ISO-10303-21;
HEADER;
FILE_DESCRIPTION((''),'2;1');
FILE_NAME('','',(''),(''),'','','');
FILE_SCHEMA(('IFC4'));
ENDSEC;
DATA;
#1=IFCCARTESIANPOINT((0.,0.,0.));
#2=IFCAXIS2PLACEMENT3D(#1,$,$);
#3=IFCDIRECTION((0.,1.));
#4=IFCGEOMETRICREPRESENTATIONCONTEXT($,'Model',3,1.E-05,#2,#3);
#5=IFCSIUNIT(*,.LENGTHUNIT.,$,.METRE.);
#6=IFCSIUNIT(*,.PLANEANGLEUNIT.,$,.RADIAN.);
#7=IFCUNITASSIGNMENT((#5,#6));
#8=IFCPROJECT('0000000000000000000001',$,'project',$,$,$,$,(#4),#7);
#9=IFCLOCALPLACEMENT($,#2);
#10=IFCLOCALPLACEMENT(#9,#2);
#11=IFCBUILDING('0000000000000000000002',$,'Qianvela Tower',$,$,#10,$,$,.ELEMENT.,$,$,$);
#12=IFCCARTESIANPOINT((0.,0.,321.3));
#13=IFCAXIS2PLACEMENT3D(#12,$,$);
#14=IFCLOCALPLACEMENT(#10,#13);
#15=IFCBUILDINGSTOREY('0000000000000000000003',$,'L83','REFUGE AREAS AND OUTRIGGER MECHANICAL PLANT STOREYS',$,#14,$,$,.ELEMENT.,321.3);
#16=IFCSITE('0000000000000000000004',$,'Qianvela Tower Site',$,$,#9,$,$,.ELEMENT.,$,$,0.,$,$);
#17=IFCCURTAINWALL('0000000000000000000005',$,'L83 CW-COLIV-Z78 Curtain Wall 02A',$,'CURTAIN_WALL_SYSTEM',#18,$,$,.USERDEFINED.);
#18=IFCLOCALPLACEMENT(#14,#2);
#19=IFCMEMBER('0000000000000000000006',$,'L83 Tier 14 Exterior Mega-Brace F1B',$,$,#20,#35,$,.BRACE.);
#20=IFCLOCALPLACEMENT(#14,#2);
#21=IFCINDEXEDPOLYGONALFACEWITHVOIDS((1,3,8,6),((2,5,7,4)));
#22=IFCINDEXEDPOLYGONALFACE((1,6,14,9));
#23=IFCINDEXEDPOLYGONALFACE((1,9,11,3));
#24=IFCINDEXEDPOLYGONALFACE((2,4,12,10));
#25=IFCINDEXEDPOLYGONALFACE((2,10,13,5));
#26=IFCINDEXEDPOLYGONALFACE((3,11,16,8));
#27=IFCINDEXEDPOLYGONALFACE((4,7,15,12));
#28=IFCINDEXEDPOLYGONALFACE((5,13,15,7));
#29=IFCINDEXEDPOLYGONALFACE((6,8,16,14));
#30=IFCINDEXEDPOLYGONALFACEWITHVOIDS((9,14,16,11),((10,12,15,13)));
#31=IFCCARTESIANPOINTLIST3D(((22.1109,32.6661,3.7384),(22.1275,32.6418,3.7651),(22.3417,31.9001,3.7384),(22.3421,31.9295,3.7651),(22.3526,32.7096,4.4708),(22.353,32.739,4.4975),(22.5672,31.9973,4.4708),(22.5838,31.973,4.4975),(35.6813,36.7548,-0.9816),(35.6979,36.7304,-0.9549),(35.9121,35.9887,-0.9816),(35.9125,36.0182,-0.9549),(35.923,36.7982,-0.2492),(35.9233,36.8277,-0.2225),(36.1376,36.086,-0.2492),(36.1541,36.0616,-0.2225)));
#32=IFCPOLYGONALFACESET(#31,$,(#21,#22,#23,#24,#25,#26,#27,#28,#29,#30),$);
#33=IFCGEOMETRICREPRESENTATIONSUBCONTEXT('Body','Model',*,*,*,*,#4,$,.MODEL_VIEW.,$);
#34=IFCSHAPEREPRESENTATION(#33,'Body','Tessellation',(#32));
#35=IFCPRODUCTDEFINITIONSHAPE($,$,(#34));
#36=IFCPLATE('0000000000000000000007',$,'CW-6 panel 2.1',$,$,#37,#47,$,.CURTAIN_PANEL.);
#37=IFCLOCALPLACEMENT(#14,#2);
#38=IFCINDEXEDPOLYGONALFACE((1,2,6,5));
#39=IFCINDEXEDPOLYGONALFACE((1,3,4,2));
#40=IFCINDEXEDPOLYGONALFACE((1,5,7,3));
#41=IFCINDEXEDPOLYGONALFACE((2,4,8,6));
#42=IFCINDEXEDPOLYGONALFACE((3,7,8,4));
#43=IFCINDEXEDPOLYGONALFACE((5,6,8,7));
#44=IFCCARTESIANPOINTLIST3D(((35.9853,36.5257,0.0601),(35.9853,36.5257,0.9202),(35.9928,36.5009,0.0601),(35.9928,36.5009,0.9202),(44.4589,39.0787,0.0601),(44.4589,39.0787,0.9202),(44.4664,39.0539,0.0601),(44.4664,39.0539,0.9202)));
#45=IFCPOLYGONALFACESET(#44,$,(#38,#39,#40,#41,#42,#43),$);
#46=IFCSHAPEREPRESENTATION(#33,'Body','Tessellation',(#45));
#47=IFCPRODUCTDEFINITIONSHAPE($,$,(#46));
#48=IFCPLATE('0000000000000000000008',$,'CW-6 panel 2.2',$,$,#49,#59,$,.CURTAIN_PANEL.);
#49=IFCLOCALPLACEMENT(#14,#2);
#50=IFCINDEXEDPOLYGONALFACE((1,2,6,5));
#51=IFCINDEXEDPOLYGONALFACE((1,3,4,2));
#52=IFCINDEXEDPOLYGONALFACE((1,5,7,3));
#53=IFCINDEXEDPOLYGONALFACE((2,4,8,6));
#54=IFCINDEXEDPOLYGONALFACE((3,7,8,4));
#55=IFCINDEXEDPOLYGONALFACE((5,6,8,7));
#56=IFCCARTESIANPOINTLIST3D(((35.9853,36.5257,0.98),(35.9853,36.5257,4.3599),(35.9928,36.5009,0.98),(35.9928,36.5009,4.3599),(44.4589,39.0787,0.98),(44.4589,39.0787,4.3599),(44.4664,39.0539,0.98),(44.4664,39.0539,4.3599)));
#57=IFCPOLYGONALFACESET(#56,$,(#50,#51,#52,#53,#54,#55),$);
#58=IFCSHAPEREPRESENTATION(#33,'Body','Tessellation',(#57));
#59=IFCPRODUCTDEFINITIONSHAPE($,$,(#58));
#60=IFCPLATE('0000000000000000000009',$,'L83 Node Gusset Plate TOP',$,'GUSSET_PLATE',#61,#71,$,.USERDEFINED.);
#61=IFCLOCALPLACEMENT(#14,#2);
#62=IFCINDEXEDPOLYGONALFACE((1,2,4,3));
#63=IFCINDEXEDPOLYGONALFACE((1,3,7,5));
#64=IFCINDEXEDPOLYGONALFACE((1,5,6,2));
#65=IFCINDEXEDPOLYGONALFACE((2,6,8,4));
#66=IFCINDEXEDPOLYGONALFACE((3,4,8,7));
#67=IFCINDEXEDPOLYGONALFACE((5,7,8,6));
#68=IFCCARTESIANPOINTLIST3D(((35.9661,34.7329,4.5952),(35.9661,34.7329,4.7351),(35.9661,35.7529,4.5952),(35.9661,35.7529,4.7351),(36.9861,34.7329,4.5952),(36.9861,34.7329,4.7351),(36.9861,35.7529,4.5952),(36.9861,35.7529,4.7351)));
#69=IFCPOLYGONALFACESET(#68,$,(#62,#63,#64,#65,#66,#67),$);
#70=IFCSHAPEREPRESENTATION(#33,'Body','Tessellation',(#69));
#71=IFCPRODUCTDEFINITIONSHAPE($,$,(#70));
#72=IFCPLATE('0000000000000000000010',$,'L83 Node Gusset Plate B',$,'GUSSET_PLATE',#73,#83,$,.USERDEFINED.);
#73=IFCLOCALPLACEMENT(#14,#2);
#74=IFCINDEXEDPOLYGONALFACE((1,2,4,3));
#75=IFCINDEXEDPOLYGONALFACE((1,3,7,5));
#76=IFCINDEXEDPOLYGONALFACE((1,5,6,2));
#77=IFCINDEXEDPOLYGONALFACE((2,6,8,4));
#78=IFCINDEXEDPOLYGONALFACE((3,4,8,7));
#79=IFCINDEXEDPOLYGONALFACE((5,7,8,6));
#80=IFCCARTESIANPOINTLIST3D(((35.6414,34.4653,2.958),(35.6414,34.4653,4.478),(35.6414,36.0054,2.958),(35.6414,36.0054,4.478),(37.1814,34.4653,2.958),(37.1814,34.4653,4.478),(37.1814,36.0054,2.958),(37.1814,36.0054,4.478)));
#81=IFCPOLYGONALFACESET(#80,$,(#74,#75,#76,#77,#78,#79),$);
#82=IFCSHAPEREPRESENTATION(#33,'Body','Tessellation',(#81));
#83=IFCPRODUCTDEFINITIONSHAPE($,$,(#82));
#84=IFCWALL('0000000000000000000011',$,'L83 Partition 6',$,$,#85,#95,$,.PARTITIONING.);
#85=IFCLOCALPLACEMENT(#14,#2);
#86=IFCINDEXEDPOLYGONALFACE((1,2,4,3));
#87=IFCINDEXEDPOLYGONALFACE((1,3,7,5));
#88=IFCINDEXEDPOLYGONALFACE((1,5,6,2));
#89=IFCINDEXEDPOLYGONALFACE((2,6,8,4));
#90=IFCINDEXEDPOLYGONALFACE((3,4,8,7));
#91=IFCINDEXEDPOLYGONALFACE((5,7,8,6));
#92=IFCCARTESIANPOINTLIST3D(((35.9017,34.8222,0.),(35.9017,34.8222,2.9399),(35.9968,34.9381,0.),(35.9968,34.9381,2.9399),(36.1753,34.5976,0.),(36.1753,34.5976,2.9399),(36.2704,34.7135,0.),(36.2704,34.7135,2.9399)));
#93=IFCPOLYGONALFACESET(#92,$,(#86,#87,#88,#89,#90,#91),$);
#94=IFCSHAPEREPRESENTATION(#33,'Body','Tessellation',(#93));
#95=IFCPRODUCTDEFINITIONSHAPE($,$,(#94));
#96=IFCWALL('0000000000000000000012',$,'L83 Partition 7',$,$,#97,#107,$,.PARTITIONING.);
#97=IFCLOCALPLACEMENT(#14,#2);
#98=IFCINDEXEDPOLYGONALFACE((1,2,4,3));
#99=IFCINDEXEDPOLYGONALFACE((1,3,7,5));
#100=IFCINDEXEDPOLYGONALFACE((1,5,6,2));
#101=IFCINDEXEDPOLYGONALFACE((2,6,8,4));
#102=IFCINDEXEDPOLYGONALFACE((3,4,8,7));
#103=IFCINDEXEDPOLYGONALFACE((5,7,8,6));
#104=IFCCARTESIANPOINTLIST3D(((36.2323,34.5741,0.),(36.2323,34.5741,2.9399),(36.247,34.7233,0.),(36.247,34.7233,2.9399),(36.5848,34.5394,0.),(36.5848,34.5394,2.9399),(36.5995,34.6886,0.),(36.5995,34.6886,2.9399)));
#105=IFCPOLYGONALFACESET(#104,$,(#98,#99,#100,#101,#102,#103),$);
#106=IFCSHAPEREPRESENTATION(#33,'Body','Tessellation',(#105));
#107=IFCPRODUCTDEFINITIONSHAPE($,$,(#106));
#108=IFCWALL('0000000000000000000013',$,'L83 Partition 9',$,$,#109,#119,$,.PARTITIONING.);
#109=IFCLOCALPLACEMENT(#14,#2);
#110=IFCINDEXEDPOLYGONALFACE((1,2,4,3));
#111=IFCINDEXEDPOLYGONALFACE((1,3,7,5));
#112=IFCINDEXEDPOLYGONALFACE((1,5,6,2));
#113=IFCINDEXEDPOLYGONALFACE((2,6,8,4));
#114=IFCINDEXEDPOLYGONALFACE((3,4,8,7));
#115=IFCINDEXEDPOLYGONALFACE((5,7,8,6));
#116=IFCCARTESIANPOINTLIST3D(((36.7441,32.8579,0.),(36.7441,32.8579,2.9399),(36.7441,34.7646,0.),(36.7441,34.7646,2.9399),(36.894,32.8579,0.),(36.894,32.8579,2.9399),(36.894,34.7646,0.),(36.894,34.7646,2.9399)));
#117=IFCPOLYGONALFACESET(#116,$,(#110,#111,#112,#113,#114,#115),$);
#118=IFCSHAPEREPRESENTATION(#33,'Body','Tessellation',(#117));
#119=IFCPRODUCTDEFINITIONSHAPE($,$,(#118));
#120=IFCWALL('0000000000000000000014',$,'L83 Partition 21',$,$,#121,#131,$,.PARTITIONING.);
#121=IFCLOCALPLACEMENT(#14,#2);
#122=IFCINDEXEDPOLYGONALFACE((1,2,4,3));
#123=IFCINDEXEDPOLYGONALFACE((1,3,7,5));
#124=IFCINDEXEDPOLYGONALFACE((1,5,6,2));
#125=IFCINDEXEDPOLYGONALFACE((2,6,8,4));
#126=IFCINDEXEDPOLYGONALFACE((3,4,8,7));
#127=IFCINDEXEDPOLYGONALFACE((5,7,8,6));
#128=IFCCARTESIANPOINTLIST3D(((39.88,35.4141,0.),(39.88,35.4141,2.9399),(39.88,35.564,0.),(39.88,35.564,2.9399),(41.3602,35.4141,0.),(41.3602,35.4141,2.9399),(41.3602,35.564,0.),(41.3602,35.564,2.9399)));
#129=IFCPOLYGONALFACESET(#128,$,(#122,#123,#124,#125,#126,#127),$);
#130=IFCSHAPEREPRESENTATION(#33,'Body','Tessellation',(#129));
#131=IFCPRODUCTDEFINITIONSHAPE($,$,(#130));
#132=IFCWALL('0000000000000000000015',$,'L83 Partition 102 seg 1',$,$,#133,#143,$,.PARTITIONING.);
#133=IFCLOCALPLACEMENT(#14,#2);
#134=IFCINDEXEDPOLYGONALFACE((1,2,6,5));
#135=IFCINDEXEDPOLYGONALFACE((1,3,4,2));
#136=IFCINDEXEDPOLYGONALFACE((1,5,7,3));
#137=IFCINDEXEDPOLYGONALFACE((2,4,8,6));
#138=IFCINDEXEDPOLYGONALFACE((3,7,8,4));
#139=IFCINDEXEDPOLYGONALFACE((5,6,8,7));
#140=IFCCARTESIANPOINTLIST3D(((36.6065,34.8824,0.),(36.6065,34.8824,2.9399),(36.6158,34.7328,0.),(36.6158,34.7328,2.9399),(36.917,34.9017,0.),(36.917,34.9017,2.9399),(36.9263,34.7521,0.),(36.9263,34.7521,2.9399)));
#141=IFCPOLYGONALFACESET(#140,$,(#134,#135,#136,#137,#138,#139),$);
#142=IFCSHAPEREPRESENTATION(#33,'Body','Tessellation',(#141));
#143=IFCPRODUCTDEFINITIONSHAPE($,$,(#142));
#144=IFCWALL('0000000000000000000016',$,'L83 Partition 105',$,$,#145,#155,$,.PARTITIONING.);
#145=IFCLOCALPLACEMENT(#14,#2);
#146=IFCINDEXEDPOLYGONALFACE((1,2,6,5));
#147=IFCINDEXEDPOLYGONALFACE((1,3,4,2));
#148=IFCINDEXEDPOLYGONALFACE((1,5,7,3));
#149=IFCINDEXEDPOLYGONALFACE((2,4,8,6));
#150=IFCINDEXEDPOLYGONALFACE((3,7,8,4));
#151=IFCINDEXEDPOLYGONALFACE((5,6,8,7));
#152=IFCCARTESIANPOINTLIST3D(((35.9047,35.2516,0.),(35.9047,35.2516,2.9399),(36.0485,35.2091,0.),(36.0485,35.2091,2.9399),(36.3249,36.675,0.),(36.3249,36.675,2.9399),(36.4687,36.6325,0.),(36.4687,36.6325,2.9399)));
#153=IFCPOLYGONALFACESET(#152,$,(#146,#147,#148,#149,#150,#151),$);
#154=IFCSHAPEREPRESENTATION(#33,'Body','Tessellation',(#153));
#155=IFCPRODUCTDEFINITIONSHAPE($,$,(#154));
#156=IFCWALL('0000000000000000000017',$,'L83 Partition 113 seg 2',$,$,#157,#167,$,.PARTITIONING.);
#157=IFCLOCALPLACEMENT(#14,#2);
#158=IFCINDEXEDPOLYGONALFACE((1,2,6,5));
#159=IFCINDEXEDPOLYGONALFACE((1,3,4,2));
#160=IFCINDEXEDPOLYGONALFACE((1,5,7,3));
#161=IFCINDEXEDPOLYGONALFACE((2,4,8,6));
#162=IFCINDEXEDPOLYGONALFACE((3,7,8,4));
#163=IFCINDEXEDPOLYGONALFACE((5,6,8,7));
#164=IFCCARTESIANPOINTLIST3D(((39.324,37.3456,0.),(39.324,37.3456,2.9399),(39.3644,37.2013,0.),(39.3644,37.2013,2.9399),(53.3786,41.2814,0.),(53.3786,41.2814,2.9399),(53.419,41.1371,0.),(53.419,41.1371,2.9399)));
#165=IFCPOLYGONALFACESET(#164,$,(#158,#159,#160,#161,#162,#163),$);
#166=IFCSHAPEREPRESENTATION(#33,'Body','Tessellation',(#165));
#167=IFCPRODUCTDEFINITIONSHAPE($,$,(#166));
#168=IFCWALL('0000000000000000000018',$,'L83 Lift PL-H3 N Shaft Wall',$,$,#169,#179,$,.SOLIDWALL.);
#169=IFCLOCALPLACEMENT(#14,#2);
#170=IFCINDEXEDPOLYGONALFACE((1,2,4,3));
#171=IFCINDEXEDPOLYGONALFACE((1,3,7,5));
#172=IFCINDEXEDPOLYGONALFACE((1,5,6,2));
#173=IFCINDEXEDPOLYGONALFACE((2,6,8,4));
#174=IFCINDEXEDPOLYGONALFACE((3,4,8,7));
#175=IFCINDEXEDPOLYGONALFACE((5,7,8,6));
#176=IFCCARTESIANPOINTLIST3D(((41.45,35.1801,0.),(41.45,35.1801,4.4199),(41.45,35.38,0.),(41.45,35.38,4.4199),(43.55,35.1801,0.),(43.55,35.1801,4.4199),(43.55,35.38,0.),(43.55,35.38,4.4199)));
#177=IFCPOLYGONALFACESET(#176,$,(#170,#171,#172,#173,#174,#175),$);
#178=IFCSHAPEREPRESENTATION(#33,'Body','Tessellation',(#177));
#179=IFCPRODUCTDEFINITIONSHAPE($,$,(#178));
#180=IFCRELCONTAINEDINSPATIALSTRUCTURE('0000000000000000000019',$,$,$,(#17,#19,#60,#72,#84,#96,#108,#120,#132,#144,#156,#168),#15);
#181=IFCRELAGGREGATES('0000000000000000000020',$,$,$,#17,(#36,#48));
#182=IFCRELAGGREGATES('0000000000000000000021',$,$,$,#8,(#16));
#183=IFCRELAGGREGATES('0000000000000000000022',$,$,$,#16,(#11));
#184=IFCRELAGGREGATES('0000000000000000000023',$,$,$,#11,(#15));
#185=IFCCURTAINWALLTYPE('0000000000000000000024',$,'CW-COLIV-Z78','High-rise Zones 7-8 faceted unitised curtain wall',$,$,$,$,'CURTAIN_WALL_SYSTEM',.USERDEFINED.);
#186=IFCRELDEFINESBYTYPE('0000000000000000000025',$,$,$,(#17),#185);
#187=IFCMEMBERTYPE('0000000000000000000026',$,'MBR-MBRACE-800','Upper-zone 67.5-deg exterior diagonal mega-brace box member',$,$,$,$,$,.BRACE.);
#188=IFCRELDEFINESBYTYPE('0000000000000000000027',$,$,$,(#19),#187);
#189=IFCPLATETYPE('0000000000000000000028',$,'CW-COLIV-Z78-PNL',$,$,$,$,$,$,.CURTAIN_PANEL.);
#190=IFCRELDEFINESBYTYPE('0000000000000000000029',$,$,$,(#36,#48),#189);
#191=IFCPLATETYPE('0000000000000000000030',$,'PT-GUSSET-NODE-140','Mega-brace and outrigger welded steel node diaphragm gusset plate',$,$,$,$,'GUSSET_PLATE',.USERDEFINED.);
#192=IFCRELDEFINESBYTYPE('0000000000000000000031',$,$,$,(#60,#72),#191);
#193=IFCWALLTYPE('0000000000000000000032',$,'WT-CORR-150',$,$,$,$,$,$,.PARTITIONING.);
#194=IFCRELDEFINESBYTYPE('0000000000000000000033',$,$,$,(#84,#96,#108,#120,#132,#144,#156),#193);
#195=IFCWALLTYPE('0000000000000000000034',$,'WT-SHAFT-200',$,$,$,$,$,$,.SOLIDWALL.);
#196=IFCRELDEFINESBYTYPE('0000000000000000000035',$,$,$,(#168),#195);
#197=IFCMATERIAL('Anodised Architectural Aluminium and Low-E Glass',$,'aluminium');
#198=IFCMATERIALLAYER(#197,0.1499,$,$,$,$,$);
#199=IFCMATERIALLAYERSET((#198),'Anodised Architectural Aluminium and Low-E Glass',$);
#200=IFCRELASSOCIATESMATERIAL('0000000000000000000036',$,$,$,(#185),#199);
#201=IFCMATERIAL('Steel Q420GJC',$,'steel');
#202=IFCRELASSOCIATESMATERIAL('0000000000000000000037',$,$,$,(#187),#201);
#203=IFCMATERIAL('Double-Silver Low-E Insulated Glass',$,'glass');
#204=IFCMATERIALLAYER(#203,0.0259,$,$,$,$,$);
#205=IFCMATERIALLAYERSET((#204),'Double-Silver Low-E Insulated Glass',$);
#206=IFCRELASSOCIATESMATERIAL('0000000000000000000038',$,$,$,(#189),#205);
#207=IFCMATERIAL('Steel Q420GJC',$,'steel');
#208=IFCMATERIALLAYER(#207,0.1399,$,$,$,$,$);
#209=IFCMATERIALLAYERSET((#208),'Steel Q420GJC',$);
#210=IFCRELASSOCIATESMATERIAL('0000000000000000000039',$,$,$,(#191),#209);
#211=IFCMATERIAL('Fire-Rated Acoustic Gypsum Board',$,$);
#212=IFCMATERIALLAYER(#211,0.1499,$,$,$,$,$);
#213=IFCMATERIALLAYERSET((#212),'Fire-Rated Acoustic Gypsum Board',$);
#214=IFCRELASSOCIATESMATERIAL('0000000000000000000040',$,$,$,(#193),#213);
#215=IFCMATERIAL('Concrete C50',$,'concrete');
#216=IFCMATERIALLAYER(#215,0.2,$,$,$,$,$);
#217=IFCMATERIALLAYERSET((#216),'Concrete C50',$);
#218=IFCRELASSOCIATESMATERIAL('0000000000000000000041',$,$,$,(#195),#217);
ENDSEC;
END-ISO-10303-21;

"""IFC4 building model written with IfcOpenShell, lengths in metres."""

from ifc_helpers import new_model, si_unit, direction, frame, frame_2d, origin, origin_2d, place, context, subcontext, project, spatial, rectangle, hollow_rectangle, extrude, material, layer, layer_set, material_profile, profile_set, type_object, element, aggregate, save


model = new_model("IFC4")

# Units and contexts
model_context = context("Model", 3, precision=1e-05, world=origin(), true_north=direction((0.0, 1.0)))
body_context = subcontext(model_context, "Body", "Model", "MODEL_VIEW")
ifc_project = project(units=[si_unit("LENGTHUNIT", "METRE"), si_unit("PLANEANGLEUNIT", "RADIAN")], contexts=[model_context])

# Site, building, storey
site_placement = place(None, origin())
site = spatial("IfcSite", under=ifc_project, at=site_placement, Name="Qianvela Tower Site", CompositionType="ELEMENT", RefElevation=0.0)
building_placement = place(site_placement, origin())
building = spatial("IfcBuilding", under=site, at=building_placement, Name="Qianvela Tower", CompositionType="ELEMENT")
storey_placement = place(building_placement, frame((0.0, 0.0, 321.3)))
storey = spatial("IfcBuildingStorey", under=building, at=storey_placement, Name="L83", Description="REFUGE AREAS AND OUTRIGGER MECHANICAL PLANT STOREYS", CompositionType="ELEMENT", Elevation=321.3)

# Curtain wall
ifc_material_1 = material(Name="Anodised Architectural Aluminium and Low-E Glass", Category="aluminium")
ifc_layer_1 = layer(ifc_material_1, 0.1499)
ifc_layer_set_1 = layer_set([ifc_layer_1], Name="Anodised Architectural Aluminium and Low-E Glass")
curtain_wall_type_1 = type_object("IfcCurtainWallType", Name="CW-COLIV-Z78", Description="High-rise Zones 7-8 faceted unitised curtain wall", ElementType="CURTAIN_WALL_SYSTEM", PredefinedType="USERDEFINED", material=ifc_layer_set_1)
curtain_wall_1_placement = place(storey_placement, origin())
curtain_wall_1 = element("IfcCurtainWall", 1, at=curtain_wall_1_placement, inside=storey, type_object=curtain_wall_type_1, Name="L83 CW-COLIV-Z78 Curtain Wall 02A", ObjectType="CURTAIN_WALL_SYSTEM", PredefinedType="USERDEFINED")

# Member
ifc_material_2 = material(Name="Steel Q420GJC", Category="steel")
ifc_material_profile_1 = material_profile(ifc_material_2, hollow_rectangle(XDim=0.8, YDim=0.8, WallThickness=0.0281, at=origin_2d()), Name="MBOX-800x800x28")
ifc_profile_set_1 = profile_set([ifc_material_profile_1], Name="Steel Q420GJC")
member_type_1 = type_object("IfcMemberType", Name="MBR-MBRACE-800", Description="Upper-zone 67.5-deg exterior diagonal mega-brace box member", PredefinedType="BRACE", material=ifc_profile_set_1)
member_1_placement = place(storey_placement, frame((35.9177, 36.4082, -0.6021), z_axis=(-0.908433, -0.273703, 0.315968), x_axis=(0.288482, -0.957485, 0.0)))
element("IfcMember", 2, at=member_1_placement, inside=storey, type_object=member_type_1, Name="L83 Tier 14 Exterior Mega-Brace F1B", PredefinedType="BRACE", context=body_context, shape_type="SweptSolid", body=[
    extrude(hollow_rectangle(XDim=0.8, YDim=0.8, WallThickness=0.0281, at=origin_2d()), origin(), (0.0, 0.0, 1.0), 14.9382),
])

# Plates
ifc_material_3 = material(Name="Double-Silver Low-E Insulated Glass", Category="glass")
ifc_layer_2 = layer(ifc_material_3, 0.0259)
ifc_layer_set_2 = layer_set([ifc_layer_2], Name="Double-Silver Low-E Insulated Glass")
plate_type_1 = type_object("IfcPlateType", Name="CW-COLIV-Z78-PNL", PredefinedType="CURTAIN_PANEL", material=ifc_layer_set_2)
plate_1_placement = place(storey_placement, frame((40.2258, 37.7898, 0.0601), z_axis=(0.0, 0.0, 1.0), x_axis=(-0.957486, -0.28848, 0.0)))
plate_1 = element("IfcPlate", 3, at=plate_1_placement, type_object=plate_type_1, Name="CW-6 panel 2.1", PredefinedType="CURTAIN_PANEL", context=body_context, shape_type="SweptSolid", body=[
    extrude(rectangle(XDim=8.8499, YDim=0.0259, at=origin_2d()), origin(), (0.0, 0.0, 1.0), 0.8601),
])
plate_2_placement = place(storey_placement, frame((40.2258, 37.7898, 0.98), z_axis=(0.0, 0.0, 1.0), x_axis=(-0.957486, -0.28848, 0.0)))
plate_2 = element("IfcPlate", 4, at=plate_2_placement, type_object=plate_type_1, Name="CW-6 panel 2.2", PredefinedType="CURTAIN_PANEL", context=body_context, shape_type="SweptSolid", body=[
    extrude(rectangle(XDim=8.8499, YDim=0.0259, at=origin_2d()), origin(), (0.0, 0.0, 1.0), 3.3799),
])
aggregate(curtain_wall_1, [plate_1, plate_2])

# Plates
ifc_material_4 = material(Name="Steel Q420GJC", Category="steel")
ifc_layer_3 = layer(ifc_material_4, 0.1399)
ifc_layer_set_3 = layer_set([ifc_layer_3], Name="Steel Q420GJC")
plate_type_2 = type_object("IfcPlateType", Name="PT-GUSSET-NODE-140", Description="Mega-brace and outrigger welded steel node diaphragm gusset plate", ElementType="GUSSET_PLATE", PredefinedType="USERDEFINED", material=ifc_layer_set_3)
plate_3_placement = place(storey_placement, frame((36.4761, 35.2429, 4.5952), z_axis=(0.0, 0.0, 1.0), x_axis=(1.0, 0.0, 0.0)))
element("IfcPlate", 5, at=plate_3_placement, inside=storey, type_object=plate_type_2, Name="L83 Node Gusset Plate TOP", ObjectType="GUSSET_PLATE", PredefinedType="USERDEFINED", context=body_context, shape_type="SweptSolid", body=[
    extrude(rectangle(XDim=1.02, YDim=1.02, at=origin_2d()), origin(), (0.0, 0.0, 1.0), 0.1399),
])
plate_4_placement = place(storey_placement, frame((36.4114, 35.2354, 2.958), z_axis=(0.0, 0.0, 1.0), x_axis=(1.0, 0.0, 0.0)))
element("IfcPlate", 6, at=plate_4_placement, inside=storey, type_object=plate_type_2, Name="L83 Node Gusset Plate B", ObjectType="GUSSET_PLATE", PredefinedType="USERDEFINED", context=body_context, shape_type="SweptSolid", body=[
    extrude(rectangle(XDim=1.54, YDim=1.54, at=origin_2d()), origin(), (0.0, 0.0, 1.0), 1.52),
])

# Walls
ifc_material_5 = material(Name="Fire-Rated Acoustic Gypsum Board")
ifc_layer_4 = layer(ifc_material_5, 0.1499)
ifc_layer_set_4 = layer_set([ifc_layer_4], Name="Fire-Rated Acoustic Gypsum Board")
wall_type_1 = type_object("IfcWallType", Name="WT-CORR-150", PredefinedType="PARTITIONING", material=ifc_layer_set_4)
wall_1_placement = place(storey_placement, frame((35.9492, 34.8801, 0.0), z_axis=(0.0, 0.0, 1.0), x_axis=(0.773004, -0.634401, 0.0)))
element("IfcWall", 7, at=wall_1_placement, inside=storey, type_object=wall_type_1, Name="L83 Partition 6", PredefinedType="PARTITIONING", context=body_context, shape_type="SweptSolid", body=[
    extrude(rectangle(XDim=0.354, YDim=0.1499, at=frame_2d((0.177, 0.0))), origin(), (0.0, 0.0, 1.0), 2.9399),
])
wall_2_placement = place(storey_placement, frame((36.2395, 34.6487, 0.0), z_axis=(0.0, 0.0, 1.0), x_axis=(0.9952, -0.097866, 0.0)))
element("IfcWall", 8, at=wall_2_placement, inside=storey, type_object=wall_type_1, Name="L83 Partition 7", PredefinedType="PARTITIONING", context=body_context, shape_type="SweptSolid", body=[
    extrude(rectangle(XDim=0.3542, YDim=0.1499, at=frame_2d((0.1772, 0.0))), origin(), (0.0, 0.0, 1.0), 2.9399),
])
wall_3_placement = place(storey_placement, frame((36.8191, 34.7646, 0.0), z_axis=(0.0, 0.0, 1.0), x_axis=(0.0, -1.0, 0.0)))
element("IfcWall", 9, at=wall_3_placement, inside=storey, type_object=wall_type_1, Name="L83 Partition 9", PredefinedType="PARTITIONING", context=body_context, shape_type="SweptSolid", body=[
    extrude(rectangle(XDim=1.9067, YDim=0.1499, at=frame_2d((0.9534, 0.0))), origin(), (0.0, 0.0, 1.0), 2.9399),
])
wall_4_placement = place(storey_placement, frame((39.8799, 35.489, 0.0), z_axis=(0.0, 0.0, 1.0), x_axis=(1.0, 0.0, 0.0)))
element("IfcWall", 10, at=wall_4_placement, inside=storey, type_object=wall_type_1, Name="L83 Partition 21", PredefinedType="PARTITIONING", context=body_context, shape_type="SweptSolid", body=[
    extrude(rectangle(XDim=1.4802, YDim=0.1499, at=frame_2d((0.7402, 0.0))), origin(), (0.0, 0.0, 1.0), 2.9399),
])
wall_5_placement = place(storey_placement, frame((36.9216, 34.8269, 0.0), z_axis=(0.0, 0.0, 1.0), x_axis=(-0.998077, -0.061987, 0.0)))
element("IfcWall", 11, at=wall_5_placement, inside=storey, type_object=wall_type_1, Name="L83 Partition 102 seg 1", PredefinedType="PARTITIONING", context=body_context, shape_type="SweptSolid", body=[
    extrude(rectangle(XDim=0.311, YDim=0.1499, at=frame_2d((0.1555, 0.0))), origin(), (0.0, 0.0, 1.0), 2.9399),
])
wall_6_placement = place(storey_placement, frame((35.9766, 35.2302, 0.0), z_axis=(0.0, 0.0, 1.0), x_axis=(0.283119, 0.959085, 0.0)))
element("IfcWall", 12, at=wall_6_placement, inside=storey, type_object=wall_type_1, Name="L83 Partition 105", PredefinedType="PARTITIONING", context=body_context, shape_type="SweptSolid", body=[
    extrude(rectangle(XDim=1.4841, YDim=0.1499, at=frame_2d((0.7422, 0.0))), origin(), (0.0, 0.0, 1.0), 2.9399),
])
wall_7_placement = place(storey_placement, frame((39.3442, 37.2734, 0.0), z_axis=(0.0, 0.0, 1.0), x_axis=(0.962954, 0.269665, 0.0)))
element("IfcWall", 13, at=wall_7_placement, inside=storey, type_object=wall_type_1, Name="L83 Partition 113 seg 2", PredefinedType="PARTITIONING", context=body_context, shape_type="SweptSolid", body=[
    extrude(rectangle(XDim=14.5952, YDim=0.1499, at=frame_2d((7.2976, 0.0))), origin(), (0.0, 0.0, 1.0), 2.9399),
])
ifc_material_6 = material(Name="Concrete C50", Category="concrete")
ifc_layer_5 = layer(ifc_material_6, 0.2)
ifc_layer_set_5 = layer_set([ifc_layer_5], Name="Concrete C50")
wall_type_2 = type_object("IfcWallType", Name="WT-SHAFT-200", PredefinedType="SOLIDWALL", material=ifc_layer_set_5)
wall_8_placement = place(storey_placement, frame((41.45, 35.28, 0.0), z_axis=(0.0, 0.0, 1.0), x_axis=(1.0, 0.0, 0.0)))
element("IfcWall", 14, at=wall_8_placement, inside=storey, type_object=wall_type_2, Name="L83 Lift PL-H3 N Shaft Wall", PredefinedType="SOLIDWALL", context=body_context, shape_type="SweptSolid", body=[
    extrude(rectangle(XDim=2.1001, YDim=0.2, at=frame_2d((1.05, 0.0))), origin(), (0.0, 0.0, 1.0), 4.4199),
])

save(model, "model.ifc")
